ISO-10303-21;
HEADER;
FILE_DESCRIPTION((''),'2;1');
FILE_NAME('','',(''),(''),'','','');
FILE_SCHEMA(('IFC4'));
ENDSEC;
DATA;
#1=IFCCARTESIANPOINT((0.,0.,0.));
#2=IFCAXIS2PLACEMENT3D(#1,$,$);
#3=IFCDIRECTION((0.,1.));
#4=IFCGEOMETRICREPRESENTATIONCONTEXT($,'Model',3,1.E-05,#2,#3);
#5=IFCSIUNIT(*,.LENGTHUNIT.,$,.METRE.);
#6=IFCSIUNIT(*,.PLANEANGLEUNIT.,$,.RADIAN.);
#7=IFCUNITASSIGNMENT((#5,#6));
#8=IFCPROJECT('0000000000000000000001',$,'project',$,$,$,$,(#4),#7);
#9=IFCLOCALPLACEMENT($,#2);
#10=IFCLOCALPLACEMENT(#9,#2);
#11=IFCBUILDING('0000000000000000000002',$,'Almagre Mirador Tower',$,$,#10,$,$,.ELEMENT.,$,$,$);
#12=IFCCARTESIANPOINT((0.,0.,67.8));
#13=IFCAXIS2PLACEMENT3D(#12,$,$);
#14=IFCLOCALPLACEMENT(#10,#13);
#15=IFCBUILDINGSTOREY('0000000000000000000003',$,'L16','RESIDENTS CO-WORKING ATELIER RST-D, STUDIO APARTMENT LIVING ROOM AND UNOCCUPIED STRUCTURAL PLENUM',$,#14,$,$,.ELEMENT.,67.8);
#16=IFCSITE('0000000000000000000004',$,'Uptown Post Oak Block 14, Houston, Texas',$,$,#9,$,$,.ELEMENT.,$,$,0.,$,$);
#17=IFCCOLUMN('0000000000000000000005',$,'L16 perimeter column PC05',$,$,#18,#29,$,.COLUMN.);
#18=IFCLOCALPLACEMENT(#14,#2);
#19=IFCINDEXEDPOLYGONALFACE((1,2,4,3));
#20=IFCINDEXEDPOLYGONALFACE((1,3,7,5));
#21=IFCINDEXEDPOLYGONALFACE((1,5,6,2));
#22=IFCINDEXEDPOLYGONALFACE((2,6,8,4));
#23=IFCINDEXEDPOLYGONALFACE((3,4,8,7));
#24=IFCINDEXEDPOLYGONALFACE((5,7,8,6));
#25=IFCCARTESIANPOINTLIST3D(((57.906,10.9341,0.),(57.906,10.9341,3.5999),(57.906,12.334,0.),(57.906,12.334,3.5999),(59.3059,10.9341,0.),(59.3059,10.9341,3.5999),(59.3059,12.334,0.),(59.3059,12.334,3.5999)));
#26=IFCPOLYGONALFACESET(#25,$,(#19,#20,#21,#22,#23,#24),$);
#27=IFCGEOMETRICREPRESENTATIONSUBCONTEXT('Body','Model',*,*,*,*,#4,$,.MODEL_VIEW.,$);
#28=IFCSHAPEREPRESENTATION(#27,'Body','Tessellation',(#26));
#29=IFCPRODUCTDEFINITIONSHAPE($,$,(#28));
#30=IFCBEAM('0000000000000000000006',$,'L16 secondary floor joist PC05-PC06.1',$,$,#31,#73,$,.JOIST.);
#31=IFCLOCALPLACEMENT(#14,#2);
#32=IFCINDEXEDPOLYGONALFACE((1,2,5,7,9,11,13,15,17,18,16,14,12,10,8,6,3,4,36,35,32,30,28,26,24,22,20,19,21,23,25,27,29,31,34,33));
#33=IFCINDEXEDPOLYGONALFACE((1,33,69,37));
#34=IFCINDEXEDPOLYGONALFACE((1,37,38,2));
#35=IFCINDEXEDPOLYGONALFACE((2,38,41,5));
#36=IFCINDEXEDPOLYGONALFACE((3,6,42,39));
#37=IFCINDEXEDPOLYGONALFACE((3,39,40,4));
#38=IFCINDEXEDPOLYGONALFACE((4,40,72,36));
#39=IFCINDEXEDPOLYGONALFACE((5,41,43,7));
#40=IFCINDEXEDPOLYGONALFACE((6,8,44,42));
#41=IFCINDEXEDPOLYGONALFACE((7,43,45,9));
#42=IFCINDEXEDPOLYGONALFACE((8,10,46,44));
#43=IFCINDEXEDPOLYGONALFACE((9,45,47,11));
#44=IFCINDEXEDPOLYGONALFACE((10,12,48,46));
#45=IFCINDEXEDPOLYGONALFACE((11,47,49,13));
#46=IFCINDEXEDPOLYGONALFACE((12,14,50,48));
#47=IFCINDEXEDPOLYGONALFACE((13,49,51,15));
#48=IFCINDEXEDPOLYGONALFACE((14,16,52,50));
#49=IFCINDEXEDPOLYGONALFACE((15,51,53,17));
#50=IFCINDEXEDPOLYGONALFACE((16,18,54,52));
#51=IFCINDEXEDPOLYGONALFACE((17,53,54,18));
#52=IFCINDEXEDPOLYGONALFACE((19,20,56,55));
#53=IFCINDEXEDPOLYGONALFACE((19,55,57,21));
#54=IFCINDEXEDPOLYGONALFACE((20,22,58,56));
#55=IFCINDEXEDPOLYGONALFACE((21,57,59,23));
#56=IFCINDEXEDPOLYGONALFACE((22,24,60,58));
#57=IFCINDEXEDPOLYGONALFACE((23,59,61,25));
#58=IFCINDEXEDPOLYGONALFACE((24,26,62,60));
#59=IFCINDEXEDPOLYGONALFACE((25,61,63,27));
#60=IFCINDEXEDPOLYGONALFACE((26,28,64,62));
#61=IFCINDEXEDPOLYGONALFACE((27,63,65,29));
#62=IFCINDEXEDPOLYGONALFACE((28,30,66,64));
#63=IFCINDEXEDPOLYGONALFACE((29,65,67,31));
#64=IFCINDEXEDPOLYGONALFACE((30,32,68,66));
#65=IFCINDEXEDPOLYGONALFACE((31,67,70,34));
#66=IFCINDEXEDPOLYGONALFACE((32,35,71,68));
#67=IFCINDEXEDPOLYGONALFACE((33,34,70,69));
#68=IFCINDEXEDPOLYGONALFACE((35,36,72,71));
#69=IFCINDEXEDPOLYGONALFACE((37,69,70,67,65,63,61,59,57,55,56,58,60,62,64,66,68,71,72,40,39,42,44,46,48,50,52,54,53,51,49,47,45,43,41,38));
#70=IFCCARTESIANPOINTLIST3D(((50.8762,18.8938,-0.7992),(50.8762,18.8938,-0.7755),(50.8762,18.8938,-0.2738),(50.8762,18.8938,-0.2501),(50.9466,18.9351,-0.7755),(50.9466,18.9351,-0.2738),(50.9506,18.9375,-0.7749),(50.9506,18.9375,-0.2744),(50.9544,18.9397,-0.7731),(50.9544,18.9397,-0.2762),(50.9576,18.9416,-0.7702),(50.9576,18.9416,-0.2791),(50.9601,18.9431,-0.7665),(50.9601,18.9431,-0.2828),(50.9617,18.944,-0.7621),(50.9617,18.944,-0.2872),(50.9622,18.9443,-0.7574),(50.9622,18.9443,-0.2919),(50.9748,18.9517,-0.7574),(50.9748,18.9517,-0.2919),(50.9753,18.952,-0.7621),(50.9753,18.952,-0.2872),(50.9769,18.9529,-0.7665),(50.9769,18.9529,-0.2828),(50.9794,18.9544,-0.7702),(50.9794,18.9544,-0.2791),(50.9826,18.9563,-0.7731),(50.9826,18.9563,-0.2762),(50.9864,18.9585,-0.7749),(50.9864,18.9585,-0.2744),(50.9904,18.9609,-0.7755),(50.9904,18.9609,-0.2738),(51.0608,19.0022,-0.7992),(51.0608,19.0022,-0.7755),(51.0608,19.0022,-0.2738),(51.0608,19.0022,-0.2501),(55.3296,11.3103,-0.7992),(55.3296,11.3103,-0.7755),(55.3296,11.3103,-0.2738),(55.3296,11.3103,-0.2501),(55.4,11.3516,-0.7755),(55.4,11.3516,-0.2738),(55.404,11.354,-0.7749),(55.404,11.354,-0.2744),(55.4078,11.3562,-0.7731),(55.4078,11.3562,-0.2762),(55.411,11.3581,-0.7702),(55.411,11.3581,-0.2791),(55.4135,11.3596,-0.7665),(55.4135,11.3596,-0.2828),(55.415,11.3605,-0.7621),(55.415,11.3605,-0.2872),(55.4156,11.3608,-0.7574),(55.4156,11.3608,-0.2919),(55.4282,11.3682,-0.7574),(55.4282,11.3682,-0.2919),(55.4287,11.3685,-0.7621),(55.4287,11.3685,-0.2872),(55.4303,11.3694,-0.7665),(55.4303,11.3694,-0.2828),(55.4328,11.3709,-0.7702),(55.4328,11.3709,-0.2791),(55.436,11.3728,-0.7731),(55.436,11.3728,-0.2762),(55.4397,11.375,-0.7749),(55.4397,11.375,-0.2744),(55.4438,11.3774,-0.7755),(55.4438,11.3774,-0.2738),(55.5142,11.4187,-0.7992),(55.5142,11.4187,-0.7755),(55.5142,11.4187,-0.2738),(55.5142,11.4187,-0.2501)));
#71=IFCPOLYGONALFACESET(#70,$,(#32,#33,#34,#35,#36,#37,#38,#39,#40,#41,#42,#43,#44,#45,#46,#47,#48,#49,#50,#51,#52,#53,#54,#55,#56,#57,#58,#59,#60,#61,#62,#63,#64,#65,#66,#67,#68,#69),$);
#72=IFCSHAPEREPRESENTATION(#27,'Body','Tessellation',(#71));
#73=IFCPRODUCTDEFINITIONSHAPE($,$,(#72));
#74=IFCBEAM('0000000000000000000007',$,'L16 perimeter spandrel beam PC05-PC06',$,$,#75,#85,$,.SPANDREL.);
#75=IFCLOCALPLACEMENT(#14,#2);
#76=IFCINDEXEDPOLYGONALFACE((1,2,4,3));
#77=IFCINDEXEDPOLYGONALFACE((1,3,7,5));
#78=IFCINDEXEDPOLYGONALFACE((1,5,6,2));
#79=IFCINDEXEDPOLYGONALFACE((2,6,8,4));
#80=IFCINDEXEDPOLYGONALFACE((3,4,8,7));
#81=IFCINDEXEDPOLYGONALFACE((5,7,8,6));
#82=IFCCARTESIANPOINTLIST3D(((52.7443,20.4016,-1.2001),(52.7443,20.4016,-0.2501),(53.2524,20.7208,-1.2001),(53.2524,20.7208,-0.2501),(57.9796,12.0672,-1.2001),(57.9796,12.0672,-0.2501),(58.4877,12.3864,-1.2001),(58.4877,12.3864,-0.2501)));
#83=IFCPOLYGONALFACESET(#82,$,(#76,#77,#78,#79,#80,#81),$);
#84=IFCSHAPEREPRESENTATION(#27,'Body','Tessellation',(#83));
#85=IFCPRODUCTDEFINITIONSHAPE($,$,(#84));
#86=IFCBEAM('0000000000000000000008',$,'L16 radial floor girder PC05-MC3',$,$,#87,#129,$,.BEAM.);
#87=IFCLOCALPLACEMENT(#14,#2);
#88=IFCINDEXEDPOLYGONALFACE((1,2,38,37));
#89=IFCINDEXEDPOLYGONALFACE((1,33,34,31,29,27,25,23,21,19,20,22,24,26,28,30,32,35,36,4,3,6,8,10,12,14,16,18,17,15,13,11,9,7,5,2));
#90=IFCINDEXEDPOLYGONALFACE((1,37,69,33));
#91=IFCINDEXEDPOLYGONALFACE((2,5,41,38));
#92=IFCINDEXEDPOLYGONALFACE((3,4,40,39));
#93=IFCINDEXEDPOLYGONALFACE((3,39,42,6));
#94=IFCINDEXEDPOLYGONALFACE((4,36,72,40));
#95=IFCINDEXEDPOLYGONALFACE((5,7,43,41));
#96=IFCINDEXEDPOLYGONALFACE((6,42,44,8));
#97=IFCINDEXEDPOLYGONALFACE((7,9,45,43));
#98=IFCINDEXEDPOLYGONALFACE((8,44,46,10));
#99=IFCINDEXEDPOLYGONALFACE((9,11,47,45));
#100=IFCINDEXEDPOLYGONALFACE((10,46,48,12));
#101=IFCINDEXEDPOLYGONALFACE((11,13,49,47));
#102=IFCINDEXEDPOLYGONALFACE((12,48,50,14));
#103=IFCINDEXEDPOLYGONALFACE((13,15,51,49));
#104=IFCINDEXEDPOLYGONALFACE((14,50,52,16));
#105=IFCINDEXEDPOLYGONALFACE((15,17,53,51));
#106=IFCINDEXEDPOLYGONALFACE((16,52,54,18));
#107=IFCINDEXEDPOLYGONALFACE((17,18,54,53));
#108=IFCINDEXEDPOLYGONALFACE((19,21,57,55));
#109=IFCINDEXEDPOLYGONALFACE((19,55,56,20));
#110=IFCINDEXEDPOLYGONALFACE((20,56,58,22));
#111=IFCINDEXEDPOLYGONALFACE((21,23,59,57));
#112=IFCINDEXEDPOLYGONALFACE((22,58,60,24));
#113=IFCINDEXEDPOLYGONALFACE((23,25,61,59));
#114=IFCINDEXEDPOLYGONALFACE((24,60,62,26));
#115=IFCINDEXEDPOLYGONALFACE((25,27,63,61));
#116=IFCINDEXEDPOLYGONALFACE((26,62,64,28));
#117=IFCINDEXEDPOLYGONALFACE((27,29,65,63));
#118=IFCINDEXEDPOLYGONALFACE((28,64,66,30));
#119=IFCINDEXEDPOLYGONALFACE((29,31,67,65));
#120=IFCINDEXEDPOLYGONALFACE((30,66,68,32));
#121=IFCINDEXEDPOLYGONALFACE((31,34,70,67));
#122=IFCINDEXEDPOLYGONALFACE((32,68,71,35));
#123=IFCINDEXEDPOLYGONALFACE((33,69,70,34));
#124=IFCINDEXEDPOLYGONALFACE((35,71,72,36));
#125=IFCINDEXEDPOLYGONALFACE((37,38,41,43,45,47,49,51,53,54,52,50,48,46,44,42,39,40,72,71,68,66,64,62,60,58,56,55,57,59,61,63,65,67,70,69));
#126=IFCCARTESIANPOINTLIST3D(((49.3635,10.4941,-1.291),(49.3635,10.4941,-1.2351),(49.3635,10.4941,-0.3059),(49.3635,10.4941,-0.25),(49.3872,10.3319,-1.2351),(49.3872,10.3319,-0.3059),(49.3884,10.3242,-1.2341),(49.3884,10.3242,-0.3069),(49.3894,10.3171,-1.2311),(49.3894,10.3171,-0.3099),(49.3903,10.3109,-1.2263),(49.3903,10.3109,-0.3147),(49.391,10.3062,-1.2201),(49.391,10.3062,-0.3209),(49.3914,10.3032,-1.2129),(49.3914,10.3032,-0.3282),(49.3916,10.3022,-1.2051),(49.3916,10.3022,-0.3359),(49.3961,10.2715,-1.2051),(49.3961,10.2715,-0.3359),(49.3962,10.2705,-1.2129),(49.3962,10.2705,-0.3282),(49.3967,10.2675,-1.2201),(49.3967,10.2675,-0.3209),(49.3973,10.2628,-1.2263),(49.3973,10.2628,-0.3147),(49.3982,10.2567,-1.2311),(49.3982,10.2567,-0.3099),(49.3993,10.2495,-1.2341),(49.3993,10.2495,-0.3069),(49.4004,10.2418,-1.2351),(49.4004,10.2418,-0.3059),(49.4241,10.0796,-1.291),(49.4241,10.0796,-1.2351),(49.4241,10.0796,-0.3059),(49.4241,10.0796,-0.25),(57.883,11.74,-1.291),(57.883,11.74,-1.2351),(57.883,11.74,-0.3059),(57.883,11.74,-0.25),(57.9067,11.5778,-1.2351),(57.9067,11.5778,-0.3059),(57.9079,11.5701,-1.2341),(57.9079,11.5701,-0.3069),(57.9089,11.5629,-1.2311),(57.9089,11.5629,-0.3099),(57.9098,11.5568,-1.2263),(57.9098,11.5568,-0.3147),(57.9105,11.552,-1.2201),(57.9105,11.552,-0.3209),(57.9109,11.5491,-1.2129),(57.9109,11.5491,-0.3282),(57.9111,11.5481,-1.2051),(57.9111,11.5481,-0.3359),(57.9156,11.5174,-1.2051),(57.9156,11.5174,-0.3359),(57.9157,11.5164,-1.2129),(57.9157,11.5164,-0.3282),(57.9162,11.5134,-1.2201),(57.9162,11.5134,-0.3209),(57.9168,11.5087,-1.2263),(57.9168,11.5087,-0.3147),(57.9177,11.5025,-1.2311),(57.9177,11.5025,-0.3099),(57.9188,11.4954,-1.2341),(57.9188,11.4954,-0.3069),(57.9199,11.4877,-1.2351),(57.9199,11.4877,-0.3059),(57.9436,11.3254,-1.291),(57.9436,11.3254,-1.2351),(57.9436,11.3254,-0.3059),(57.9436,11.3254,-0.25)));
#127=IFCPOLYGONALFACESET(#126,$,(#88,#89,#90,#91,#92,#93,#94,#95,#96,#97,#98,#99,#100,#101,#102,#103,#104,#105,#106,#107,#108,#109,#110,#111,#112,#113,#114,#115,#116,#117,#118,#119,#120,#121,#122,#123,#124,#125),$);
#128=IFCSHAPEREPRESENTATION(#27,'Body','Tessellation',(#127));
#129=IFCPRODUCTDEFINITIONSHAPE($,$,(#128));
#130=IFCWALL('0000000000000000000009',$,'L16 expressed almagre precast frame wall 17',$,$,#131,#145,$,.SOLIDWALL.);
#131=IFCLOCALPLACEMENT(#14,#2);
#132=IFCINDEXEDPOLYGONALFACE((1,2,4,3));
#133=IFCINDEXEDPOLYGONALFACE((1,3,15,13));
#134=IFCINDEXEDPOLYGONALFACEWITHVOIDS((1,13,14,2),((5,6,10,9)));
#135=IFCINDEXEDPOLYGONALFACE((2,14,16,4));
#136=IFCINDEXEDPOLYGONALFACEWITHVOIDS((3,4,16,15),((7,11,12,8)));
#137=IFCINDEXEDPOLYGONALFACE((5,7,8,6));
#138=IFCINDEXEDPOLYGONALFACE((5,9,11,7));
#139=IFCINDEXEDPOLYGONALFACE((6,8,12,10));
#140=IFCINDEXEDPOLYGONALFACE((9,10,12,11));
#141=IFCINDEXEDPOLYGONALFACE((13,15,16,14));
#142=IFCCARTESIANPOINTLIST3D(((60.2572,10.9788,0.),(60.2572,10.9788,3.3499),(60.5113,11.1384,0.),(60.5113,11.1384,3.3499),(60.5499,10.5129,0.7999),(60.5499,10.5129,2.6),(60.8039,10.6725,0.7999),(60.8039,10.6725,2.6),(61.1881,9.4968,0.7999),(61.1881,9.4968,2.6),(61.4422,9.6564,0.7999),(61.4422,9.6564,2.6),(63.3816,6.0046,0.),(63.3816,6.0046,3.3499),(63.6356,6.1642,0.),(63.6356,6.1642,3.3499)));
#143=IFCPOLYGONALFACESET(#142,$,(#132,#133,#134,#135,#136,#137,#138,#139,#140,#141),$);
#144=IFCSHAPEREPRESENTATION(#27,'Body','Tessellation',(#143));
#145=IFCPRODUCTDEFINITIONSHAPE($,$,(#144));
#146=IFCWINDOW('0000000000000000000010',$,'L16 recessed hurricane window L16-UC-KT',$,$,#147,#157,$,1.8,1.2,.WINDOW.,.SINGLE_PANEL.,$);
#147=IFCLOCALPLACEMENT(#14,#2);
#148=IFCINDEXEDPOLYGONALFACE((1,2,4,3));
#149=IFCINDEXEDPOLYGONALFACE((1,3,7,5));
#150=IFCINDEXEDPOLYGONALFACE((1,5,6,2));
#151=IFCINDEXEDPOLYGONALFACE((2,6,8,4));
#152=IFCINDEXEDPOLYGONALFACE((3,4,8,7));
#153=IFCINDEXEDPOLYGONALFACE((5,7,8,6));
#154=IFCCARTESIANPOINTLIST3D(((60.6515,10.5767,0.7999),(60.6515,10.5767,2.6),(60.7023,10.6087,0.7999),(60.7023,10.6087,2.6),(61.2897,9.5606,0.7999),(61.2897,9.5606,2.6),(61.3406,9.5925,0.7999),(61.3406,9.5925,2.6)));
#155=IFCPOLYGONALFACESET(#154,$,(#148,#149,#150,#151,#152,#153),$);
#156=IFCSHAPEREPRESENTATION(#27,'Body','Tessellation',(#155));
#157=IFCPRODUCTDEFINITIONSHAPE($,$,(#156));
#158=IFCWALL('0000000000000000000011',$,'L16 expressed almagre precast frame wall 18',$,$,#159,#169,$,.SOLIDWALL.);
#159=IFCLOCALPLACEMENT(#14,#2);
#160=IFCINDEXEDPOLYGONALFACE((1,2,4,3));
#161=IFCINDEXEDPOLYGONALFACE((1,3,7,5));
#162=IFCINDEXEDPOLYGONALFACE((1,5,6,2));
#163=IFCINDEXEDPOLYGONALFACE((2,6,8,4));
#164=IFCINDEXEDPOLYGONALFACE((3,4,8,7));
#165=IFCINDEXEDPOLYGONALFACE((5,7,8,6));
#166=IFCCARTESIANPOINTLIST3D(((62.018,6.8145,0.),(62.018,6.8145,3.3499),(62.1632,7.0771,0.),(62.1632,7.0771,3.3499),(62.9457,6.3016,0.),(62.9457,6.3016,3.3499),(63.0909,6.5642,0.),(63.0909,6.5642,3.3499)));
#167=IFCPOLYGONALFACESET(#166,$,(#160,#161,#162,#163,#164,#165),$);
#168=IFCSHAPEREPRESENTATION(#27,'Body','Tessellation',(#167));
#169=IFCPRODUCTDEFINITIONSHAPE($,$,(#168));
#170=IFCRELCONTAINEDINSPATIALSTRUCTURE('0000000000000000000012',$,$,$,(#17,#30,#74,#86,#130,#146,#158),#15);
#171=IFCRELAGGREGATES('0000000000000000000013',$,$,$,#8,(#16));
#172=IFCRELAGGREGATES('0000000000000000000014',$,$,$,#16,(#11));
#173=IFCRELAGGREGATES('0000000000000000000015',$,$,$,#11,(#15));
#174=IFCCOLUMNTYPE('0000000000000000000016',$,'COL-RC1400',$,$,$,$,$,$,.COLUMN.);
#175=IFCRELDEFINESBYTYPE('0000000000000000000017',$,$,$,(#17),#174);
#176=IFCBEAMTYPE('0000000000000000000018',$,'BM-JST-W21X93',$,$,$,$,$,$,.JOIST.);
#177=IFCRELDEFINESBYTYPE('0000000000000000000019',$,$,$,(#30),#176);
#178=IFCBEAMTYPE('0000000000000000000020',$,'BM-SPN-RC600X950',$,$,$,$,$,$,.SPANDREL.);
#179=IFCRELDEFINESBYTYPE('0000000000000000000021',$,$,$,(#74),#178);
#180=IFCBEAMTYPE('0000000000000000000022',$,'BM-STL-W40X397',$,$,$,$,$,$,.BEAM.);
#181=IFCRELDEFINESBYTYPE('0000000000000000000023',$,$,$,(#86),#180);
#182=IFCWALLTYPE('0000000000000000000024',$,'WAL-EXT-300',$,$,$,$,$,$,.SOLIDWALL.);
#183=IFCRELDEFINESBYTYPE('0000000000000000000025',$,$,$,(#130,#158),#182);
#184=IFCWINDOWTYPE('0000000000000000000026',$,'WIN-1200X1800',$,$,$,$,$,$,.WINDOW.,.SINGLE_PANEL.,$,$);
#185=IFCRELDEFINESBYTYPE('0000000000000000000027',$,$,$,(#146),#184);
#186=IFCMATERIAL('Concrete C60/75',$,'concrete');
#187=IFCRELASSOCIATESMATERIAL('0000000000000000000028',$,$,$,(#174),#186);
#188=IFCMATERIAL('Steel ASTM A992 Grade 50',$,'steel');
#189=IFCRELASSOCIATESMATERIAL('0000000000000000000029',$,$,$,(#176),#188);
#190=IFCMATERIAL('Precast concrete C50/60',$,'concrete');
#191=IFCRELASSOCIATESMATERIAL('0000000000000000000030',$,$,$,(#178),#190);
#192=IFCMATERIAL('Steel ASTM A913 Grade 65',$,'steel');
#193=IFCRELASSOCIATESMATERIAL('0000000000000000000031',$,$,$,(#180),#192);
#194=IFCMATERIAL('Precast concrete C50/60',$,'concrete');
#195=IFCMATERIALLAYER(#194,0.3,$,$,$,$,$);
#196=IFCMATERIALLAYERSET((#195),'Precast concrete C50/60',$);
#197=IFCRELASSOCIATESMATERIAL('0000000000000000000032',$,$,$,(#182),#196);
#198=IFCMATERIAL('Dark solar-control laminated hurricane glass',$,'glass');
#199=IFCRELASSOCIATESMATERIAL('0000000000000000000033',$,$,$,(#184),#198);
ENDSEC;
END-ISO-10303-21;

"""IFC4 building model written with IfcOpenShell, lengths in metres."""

from ifc_helpers import new_model, si_unit, direction, frame, frame_2d, origin, origin_2d, place, context, subcontext, project, spatial, rectangle, i_section, extrude, material, layer, layer_set, material_profile, profile_set, type_object, element, fill, save


model = new_model("IFC4")

# Units and contexts
model_context = context("Model", 3, precision=1e-05, world=origin(), true_north=direction((0.0, 1.0)))
body_context = subcontext(model_context, "Body", "Model", "MODEL_VIEW")
ifc_project = project(units=[si_unit("LENGTHUNIT", "METRE"), si_unit("PLANEANGLEUNIT", "RADIAN")], contexts=[model_context])

# Site, building, storey
site_placement = place(None, origin())
site = spatial("IfcSite", under=ifc_project, at=site_placement, Name="Uptown Post Oak Block 14, Houston, Texas", CompositionType="ELEMENT", RefElevation=0.0)
building_placement = place(site_placement, origin())
building = spatial("IfcBuilding", under=site, at=building_placement, Name="Almagre Mirador Tower", CompositionType="ELEMENT")
storey_placement = place(building_placement, frame((0.0, 0.0, 67.8)))
storey = spatial("IfcBuildingStorey", under=building, at=storey_placement, Name="L16", Description="RESIDENTS CO-WORKING ATELIER RST-D, STUDIO APARTMENT LIVING ROOM AND UNOCCUPIED STRUCTURAL PLENUM", CompositionType="ELEMENT", Elevation=67.8)

# Column
ifc_material_1 = material(Name="Concrete C60/75", Category="concrete")
ifc_material_profile_1 = material_profile(ifc_material_1, rectangle(XDim=1.3999, YDim=1.3999, at=origin_2d()), Name="RC1400X1400")
ifc_profile_set_1 = profile_set([ifc_material_profile_1], Name="Concrete C60/75")
column_type = type_object("IfcColumnType", Name="COL-RC1400", PredefinedType="COLUMN", material=ifc_profile_set_1)
column_placement = place(storey_placement, frame((58.606, 11.634, 0.0), z_axis=(0.0, 0.0, 1.0), x_axis=(1.0, 0.0, 0.0)))
element("IfcColumn", 1, at=column_placement, inside=storey, type_object=column_type, Name="L16 perimeter column PC05", PredefinedType="COLUMN", context=body_context, shape_type="SweptSolid", body=[
    extrude(rectangle(XDim=1.3999, YDim=1.3999, at=origin_2d()), origin(), (0.0, 0.0, 1.0), 3.5999),
])

# Beams
ifc_material_2 = material(Name="Steel ASTM A992 Grade 50", Category="steel")
ifc_material_profile_2 = material_profile(ifc_material_2, i_section(OverallWidth=0.2141, OverallDepth=0.5491, WebThickness=0.0146, FlangeThickness=0.0237, FilletRadius=0.0181, at=origin_2d()), Name="W21X93")
ifc_profile_set_2 = profile_set([ifc_material_profile_2], Name="Steel ASTM A992 Grade 50")
beam_type_1 = type_object("IfcBeamType", Name="BM-JST-W21X93", PredefinedType="JOIST", material=ifc_profile_set_2)
beam_1_placement = place(storey_placement, frame((55.4219, 11.3645, -0.5247), z_axis=(-0.506385, 0.862307, 0.0), x_axis=(-0.862307, -0.506385, 0.0)))
element("IfcBeam", 2, at=beam_1_placement, inside=storey, type_object=beam_type_1, Name="L16 secondary floor joist PC05-PC06.1", PredefinedType="JOIST", context=body_context, shape_type="SweptSolid", body=[
    extrude(i_section(OverallWidth=0.2141, OverallDepth=0.5491, WebThickness=0.0146, FlangeThickness=0.0237, FilletRadius=0.0181, at=origin_2d()), origin(), (0.0, 0.0, 1.0), 8.7944),
])
ifc_material_3 = material(Name="Precast concrete C50/60", Category="concrete")
ifc_material_profile_3 = material_profile(ifc_material_3, rectangle(XDim=0.6001, YDim=0.95, at=origin_2d()), Name="RC600X950")
ifc_profile_set_3 = profile_set([ifc_material_profile_3], Name="Precast concrete C50/60")
beam_type_2 = type_object("IfcBeamType", Name="BM-SPN-RC600X950", PredefinedType="SPANDREL", material=ifc_profile_set_3)
beam_2_placement = place(storey_placement, frame((58.2336, 12.2268, -0.7251), z_axis=(-0.53192, 0.846795, 0.0), x_axis=(-0.846795, -0.53192, 0.0)))
element("IfcBeam", 3, at=beam_2_placement, inside=storey, type_object=beam_type_2, Name="L16 perimeter spandrel beam PC05-PC06", PredefinedType="SPANDREL", context=body_context, shape_type="SweptSolid", body=[
    extrude(rectangle(XDim=0.6001, YDim=0.95, at=origin_2d()), origin(), (0.0, 0.0, 1.0), 9.8423),
])
ifc_material_4 = material(Name="Steel ASTM A913 Grade 65", Category="steel")
ifc_material_profile_4 = material_profile(ifc_material_4, i_section(OverallWidth=0.4189, OverallDepth=1.041, WebThickness=0.031, FlangeThickness=0.0559, FilletRadius=0.03, at=origin_2d()), Name="W40X397")
ifc_profile_set_4 = profile_set([ifc_material_profile_4], Name="Steel ASTM A913 Grade 65")
beam_type_3 = type_object("IfcBeamType", Name="BM-STL-W40X397", PredefinedType="BEAM", material=ifc_profile_set_4)
beam_3_placement = place(storey_placement, frame((57.9133, 11.5327, -0.7705), z_axis=(-0.989476, -0.144696, 0.0), x_axis=(0.144696, -0.989476, 0.0)))
element("IfcBeam", 4, at=beam_3_placement, inside=storey, type_object=beam_type_3, Name="L16 radial floor girder PC05-MC3", PredefinedType="BEAM", context=body_context, shape_type="SweptSolid", body=[
    extrude(i_section(OverallWidth=0.4189, OverallDepth=1.041, WebThickness=0.031, FlangeThickness=0.0559, FilletRadius=0.03, at=origin_2d()), origin(), (0.0, 0.0, 1.0), 8.6101),
])

# Wall, opening, window
ifc_material_5 = material(Name="Precast concrete C50/60", Category="concrete")
ifc_layer_1 = layer(ifc_material_5, 0.3)
ifc_layer_set_1 = layer_set([ifc_layer_1], Name="Precast concrete C50/60")
wall_type_1 = type_object("IfcWallType", Name="WAL-EXT-300", PredefinedType="SOLIDWALL", material=ifc_layer_set_1)
wall_1_placement = place(storey_placement, frame((60.3843, 11.0586, 0.0), z_axis=(0.0, 0.0, 1.0), x_axis=(0.531888, -0.846815, 0.0)))
wall_1 = element("IfcWall", 5, at=wall_1_placement, inside=storey, type_object=wall_type_1, Name="L16 expressed almagre precast frame wall 17", PredefinedType="SOLIDWALL", context=body_context, shape_type="SweptSolid", body=[
    extrude(rectangle(XDim=5.874, YDim=0.3, at=frame_2d((2.937, 0.0))), origin(), (0.0, 0.0, 1.0), 3.3499),
])
opening_1_placement = place(wall_1_placement, frame((0.55, 0.0, 0.8)))
opening_1 = element("IfcOpeningElement", 6, at=opening_1_placement, cuts=wall_1, PredefinedType="OPENING", context=body_context, shape_type="SweptSolid", body=[
    extrude(rectangle(XDim=1.2, YDim=1.8, at=frame_2d((0.6001, 0.8999))), frame((0.0, 0.1599, 0.0), z_axis=(0.0, -1.0, 0.0), x_axis=(1.0, 0.0, 0.0)), (0.0, 0.0, 1.0), 0.32),
])
ifc_material_6 = material(Name="Dark solar-control laminated hurricane glass", Category="glass")
window_type_1 = type_object("IfcWindowType", Name="WIN-1200X1800", PartitioningType="SINGLE_PANEL", PredefinedType="WINDOW", material=ifc_material_6)
window_1_placement = place(opening_1_placement, origin())
window_1 = element("IfcWindow", 7, at=window_1_placement, inside=storey, type_object=window_type_1, Name="L16 recessed hurricane window L16-UC-KT", OverallHeight=1.8, OverallWidth=1.2, PartitioningType="SINGLE_PANEL", PredefinedType="WINDOW", context=body_context, shape_type="SweptSolid", body=[
    extrude(rectangle(XDim=1.2, YDim=1.8, at=frame_2d((0.6001, 0.8999))), frame((0.0, 0.03, 0.0), z_axis=(0.0, -1.0, 0.0), x_axis=(1.0, 0.0, 0.0)), (0.0, 0.0, 1.0), 0.0601),
])
fill(opening_1, window_1)

# Wall
wall_2_placement = place(storey_placement, frame((63.0183, 6.4329, 0.0), z_axis=(0.0, 0.0, 1.0), x_axis=(-0.875144, 0.483863, 0.0)))
element("IfcWall", 8, at=wall_2_placement, inside=storey, type_object=wall_type_1, Name="L16 expressed almagre precast frame wall 18", PredefinedType="SOLIDWALL", context=body_context, shape_type="SweptSolid", body=[
    extrude(rectangle(XDim=1.0601, YDim=0.3, at=frame_2d((0.53, 0.0))), origin(), (0.0, 0.0, 1.0), 3.3499),
])

save(model, "model.ifc")
